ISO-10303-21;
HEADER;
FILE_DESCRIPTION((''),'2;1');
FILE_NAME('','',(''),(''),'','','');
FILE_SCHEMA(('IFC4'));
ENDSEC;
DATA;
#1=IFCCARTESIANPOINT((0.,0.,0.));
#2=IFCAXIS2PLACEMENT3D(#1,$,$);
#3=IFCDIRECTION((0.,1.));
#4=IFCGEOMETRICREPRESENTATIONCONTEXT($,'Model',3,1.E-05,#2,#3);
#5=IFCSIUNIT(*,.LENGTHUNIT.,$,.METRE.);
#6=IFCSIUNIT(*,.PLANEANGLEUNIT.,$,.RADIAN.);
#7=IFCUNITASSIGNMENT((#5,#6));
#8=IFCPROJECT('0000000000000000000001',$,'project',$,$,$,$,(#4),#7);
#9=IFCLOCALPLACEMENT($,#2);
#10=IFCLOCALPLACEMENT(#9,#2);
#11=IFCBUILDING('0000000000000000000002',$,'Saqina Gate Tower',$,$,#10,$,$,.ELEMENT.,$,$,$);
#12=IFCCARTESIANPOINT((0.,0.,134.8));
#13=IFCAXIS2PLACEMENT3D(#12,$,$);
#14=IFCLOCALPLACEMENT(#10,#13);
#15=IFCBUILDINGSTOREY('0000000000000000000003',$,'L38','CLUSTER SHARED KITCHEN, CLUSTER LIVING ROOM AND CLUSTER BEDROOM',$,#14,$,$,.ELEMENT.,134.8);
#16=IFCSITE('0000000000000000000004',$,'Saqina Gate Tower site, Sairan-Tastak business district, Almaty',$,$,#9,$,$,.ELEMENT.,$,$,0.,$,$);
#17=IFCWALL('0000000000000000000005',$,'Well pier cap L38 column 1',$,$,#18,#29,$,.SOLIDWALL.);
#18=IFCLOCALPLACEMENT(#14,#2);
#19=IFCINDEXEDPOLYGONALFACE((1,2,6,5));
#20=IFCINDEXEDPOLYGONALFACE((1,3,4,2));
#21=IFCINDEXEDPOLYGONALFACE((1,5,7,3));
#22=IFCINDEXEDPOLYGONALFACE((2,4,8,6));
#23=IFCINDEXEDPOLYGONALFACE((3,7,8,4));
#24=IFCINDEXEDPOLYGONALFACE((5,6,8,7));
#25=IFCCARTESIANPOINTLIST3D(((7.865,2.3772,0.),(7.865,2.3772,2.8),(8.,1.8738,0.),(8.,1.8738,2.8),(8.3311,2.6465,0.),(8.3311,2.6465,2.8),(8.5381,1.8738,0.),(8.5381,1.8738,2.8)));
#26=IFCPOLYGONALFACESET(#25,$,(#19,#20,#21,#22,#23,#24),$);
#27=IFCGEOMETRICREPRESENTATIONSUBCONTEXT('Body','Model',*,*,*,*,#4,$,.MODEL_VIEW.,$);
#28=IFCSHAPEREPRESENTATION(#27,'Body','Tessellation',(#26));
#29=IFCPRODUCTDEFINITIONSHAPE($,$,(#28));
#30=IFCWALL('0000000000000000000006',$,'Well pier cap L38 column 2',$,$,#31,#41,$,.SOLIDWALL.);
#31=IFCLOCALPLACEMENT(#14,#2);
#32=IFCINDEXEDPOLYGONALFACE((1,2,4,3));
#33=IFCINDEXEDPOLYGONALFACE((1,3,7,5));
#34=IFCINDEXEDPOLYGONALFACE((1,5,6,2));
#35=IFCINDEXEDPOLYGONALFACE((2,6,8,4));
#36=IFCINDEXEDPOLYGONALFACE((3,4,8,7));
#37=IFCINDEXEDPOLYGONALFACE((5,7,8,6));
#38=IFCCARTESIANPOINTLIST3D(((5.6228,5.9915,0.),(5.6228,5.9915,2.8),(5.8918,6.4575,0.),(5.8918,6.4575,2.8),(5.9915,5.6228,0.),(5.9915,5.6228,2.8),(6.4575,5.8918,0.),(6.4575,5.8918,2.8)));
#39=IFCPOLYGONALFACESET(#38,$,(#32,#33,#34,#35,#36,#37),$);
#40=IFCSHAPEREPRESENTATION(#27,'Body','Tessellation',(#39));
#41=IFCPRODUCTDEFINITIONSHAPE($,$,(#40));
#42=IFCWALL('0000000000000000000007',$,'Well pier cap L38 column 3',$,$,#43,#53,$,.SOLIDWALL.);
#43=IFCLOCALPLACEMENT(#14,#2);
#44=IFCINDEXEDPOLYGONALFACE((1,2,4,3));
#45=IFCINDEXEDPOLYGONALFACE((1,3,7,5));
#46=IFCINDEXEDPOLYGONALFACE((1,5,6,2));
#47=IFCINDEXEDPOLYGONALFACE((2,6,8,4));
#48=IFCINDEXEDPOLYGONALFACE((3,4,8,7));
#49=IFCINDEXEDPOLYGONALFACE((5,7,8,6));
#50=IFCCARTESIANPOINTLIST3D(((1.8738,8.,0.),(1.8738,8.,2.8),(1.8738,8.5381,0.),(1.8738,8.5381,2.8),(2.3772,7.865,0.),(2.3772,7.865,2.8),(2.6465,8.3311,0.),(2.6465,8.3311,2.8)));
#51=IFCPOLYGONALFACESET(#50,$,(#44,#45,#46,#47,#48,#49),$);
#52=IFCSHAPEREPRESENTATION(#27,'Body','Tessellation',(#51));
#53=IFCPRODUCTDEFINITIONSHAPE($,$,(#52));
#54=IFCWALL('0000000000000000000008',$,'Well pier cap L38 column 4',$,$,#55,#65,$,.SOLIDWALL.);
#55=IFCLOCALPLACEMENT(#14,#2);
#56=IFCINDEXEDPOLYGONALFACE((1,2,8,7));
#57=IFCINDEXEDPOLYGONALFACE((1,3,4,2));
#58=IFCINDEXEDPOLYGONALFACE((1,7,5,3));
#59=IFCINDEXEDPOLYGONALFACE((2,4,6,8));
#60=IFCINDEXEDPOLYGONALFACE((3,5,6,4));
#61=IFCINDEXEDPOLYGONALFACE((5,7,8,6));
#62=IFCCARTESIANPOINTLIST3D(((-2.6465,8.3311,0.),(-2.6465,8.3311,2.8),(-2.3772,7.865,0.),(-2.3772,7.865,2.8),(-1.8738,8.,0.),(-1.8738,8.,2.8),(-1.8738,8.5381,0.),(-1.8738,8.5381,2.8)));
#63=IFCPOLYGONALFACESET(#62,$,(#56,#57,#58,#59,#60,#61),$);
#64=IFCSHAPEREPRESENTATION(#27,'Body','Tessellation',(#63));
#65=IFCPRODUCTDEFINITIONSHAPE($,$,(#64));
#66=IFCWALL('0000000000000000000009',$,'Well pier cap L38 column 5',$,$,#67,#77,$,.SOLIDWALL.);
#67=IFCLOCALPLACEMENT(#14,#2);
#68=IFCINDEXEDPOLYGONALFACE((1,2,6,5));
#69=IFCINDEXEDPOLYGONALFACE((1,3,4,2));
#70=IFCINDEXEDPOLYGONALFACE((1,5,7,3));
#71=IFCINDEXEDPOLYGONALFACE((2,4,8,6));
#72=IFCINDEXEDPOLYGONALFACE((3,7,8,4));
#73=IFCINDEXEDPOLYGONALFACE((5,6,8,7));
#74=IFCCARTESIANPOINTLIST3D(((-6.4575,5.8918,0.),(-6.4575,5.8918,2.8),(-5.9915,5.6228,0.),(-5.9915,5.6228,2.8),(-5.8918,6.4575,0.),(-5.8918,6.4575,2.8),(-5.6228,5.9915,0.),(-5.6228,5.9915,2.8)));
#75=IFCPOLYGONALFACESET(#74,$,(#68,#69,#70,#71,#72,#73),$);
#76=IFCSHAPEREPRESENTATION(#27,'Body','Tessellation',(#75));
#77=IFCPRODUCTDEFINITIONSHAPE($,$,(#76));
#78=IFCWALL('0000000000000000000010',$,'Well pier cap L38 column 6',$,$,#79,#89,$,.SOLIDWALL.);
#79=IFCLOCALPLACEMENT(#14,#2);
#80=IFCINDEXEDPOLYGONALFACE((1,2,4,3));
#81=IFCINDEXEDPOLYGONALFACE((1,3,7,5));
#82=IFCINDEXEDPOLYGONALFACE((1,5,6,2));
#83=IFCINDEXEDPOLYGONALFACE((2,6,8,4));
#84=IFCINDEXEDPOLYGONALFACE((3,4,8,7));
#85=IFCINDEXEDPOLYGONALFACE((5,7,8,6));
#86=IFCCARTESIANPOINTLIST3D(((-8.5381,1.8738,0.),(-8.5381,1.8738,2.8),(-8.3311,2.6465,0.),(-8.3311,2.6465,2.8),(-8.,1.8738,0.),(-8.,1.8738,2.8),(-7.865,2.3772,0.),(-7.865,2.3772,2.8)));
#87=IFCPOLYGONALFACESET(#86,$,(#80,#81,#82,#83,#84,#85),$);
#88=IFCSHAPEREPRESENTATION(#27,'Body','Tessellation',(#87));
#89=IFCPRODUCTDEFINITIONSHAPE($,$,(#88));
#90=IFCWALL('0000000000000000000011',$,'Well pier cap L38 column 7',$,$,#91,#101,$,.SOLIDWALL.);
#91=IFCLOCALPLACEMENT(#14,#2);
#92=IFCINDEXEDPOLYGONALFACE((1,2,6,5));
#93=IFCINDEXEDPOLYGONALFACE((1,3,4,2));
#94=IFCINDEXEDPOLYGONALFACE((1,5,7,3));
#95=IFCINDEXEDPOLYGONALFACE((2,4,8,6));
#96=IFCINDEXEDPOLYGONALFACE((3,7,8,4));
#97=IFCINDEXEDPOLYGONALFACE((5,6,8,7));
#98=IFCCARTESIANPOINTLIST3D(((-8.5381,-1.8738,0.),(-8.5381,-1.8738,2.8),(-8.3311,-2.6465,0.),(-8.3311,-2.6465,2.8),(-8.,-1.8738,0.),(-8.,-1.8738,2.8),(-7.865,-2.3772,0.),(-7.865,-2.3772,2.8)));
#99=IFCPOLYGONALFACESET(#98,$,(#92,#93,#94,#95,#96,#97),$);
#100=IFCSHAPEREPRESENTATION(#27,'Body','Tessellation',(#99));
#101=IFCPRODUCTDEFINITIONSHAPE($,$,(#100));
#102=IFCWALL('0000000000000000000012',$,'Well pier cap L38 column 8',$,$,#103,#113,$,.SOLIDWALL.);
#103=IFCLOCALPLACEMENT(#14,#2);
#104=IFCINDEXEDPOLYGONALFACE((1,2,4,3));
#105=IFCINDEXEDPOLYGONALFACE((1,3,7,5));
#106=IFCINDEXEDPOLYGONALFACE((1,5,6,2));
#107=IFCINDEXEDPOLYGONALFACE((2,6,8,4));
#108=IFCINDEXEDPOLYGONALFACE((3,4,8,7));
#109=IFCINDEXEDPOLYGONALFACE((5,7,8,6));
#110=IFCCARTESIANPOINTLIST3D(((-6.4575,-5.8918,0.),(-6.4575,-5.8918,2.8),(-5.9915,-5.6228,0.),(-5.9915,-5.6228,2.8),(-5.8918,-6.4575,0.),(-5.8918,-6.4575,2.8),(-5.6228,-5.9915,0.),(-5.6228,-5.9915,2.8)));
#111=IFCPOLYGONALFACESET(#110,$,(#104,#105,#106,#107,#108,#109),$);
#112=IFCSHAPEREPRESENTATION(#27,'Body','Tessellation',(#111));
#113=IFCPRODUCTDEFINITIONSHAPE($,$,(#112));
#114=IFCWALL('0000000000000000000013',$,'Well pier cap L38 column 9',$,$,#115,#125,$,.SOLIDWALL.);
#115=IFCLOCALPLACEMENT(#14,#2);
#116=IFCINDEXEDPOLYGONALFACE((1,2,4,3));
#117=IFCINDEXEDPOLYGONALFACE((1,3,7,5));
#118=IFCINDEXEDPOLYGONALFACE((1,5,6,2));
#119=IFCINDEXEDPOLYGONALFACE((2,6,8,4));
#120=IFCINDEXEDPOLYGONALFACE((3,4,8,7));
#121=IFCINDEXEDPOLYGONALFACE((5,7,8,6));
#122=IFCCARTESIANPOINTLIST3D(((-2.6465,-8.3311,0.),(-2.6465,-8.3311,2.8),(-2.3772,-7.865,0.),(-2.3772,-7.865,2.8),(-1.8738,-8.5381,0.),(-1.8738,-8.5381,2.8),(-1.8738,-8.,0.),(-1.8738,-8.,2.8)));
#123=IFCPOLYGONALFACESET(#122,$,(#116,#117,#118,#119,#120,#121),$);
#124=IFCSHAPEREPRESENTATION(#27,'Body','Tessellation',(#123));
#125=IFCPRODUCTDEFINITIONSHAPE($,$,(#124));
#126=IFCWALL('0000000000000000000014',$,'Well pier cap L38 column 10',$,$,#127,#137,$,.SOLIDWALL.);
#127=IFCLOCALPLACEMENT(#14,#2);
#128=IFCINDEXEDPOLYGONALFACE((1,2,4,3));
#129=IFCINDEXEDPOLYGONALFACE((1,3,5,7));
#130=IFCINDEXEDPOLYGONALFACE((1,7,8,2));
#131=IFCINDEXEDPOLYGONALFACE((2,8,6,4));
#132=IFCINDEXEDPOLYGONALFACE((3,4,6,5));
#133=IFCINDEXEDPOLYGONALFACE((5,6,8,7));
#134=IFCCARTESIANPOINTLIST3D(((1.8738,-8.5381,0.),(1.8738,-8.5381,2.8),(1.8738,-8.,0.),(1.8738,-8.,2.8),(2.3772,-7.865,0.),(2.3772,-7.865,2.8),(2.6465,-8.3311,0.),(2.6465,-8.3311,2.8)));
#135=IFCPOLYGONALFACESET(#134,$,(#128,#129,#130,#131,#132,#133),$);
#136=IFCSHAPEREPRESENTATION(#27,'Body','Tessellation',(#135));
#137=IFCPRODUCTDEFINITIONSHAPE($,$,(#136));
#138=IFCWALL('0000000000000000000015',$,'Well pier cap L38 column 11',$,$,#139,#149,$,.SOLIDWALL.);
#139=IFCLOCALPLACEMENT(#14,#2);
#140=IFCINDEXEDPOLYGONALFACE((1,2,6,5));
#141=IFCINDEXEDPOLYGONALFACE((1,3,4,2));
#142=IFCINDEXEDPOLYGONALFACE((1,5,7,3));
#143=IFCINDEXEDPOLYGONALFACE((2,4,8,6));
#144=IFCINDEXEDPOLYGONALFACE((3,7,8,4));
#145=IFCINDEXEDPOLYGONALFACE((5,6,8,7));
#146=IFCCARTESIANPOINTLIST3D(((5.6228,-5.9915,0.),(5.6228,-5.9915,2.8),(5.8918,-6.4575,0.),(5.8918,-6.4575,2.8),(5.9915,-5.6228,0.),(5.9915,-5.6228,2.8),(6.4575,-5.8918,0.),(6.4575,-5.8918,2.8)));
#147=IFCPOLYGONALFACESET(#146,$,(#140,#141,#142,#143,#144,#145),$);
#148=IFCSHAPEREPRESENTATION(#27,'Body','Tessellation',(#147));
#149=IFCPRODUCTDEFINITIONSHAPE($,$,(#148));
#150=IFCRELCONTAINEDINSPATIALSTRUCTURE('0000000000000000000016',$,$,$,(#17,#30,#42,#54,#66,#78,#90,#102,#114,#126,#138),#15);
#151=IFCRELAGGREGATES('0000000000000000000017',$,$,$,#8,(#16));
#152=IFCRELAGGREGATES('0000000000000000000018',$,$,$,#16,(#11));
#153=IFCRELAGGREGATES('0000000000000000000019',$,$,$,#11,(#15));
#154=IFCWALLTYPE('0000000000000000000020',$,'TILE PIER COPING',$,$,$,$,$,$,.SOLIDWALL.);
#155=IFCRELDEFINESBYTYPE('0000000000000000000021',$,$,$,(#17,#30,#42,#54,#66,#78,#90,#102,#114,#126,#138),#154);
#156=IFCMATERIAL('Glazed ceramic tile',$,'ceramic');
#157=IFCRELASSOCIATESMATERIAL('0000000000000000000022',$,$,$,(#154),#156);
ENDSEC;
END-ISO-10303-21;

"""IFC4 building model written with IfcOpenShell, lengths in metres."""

from ifc_helpers import new_model, si_unit, direction, frame, origin, place, context, subcontext, project, spatial, polyline, outline, extrude, material, type_object, element, save


model = new_model("IFC4")

# Units and contexts
model_context = context("Model", 3, precision=1e-05, world=origin(), true_north=direction((0.0, 1.0)))
body_context = subcontext(model_context, "Body", "Model", "MODEL_VIEW")
ifc_project = project(units=[si_unit("LENGTHUNIT", "METRE"), si_unit("PLANEANGLEUNIT", "RADIAN")], contexts=[model_context])

# Site, building, storey
site_placement = place(None, origin())
site = spatial("IfcSite", under=ifc_project, at=site_placement, Name="Saqina Gate Tower site, Sairan-Tastak business district, Almaty", CompositionType="ELEMENT", RefElevation=0.0)
building_placement = place(site_placement, origin())
building = spatial("IfcBuilding", under=site, at=building_placement, Name="Saqina Gate Tower", CompositionType="ELEMENT")
storey_placement = place(building_placement, frame((0.0, 0.0, 134.8)))
storey = spatial("IfcBuildingStorey", under=building, at=storey_placement, Name="L38", Description="CLUSTER SHARED KITCHEN, CLUSTER LIVING ROOM AND CLUSTER BEDROOM", CompositionType="ELEMENT", Elevation=134.8)

# Walls
ifc_material_1 = material(Name="Glazed ceramic tile", Category="ceramic")
wall_type_1 = type_object("IfcWallType", Name="TILE PIER COPING", PredefinedType="SOLIDWALL", material=ifc_material_1)
wall_1_placement = place(storey_placement, origin())
element("IfcWall", 1, at=wall_1_placement, inside=storey, type_object=wall_type_1, Name="Well pier cap L38 column 1", PredefinedType="SOLIDWALL", context=body_context, shape_type="SweptSolid", body=[
    extrude(outline(polyline([(8.3311, 2.6465), (7.865, 2.3772), (8.0, 1.8738), (8.5381, 1.8738), (8.3311, 2.6465)])), origin(), (0.0, 0.0, 1.0), 2.8),
])
wall_2_placement = place(storey_placement, origin())
element("IfcWall", 2, at=wall_2_placement, inside=storey, type_object=wall_type_1, Name="Well pier cap L38 column 2", PredefinedType="SOLIDWALL", context=body_context, shape_type="SweptSolid", body=[
    extrude(outline(polyline([(5.8918, 6.4575), (5.6228, 5.9915), (5.9915, 5.6228), (6.4575, 5.8918), (5.8918, 6.4575)])), origin(), (0.0, 0.0, 1.0), 2.8),
])
wall_3_placement = place(storey_placement, origin())
element("IfcWall", 3, at=wall_3_placement, inside=storey, type_object=wall_type_1, Name="Well pier cap L38 column 3", PredefinedType="SOLIDWALL", context=body_context, shape_type="SweptSolid", body=[
    extrude(outline(polyline([(1.8738, 8.5381), (1.8738, 8.0), (2.3772, 7.865), (2.6465, 8.3311), (1.8738, 8.5381)])), origin(), (0.0, 0.0, 1.0), 2.8),
])
wall_4_placement = place(storey_placement, origin())
element("IfcWall", 4, at=wall_4_placement, inside=storey, type_object=wall_type_1, Name="Well pier cap L38 column 4", PredefinedType="SOLIDWALL", context=body_context, shape_type="SweptSolid", body=[
    extrude(outline(polyline([(-2.6465, 8.3311), (-2.3772, 7.865), (-1.8738, 8.0), (-1.8738, 8.5381), (-2.6465, 8.3311)])), origin(), (0.0, 0.0, 1.0), 2.8),
])
wall_5_placement = place(storey_placement, origin())
element("IfcWall", 5, at=wall_5_placement, inside=storey, type_object=wall_type_1, Name="Well pier cap L38 column 5", PredefinedType="SOLIDWALL", context=body_context, shape_type="SweptSolid", body=[
    extrude(outline(polyline([(-6.4575, 5.8918), (-5.9915, 5.6228), (-5.6228, 5.9915), (-5.8918, 6.4575), (-6.4575, 5.8918)])), origin(), (0.0, 0.0, 1.0), 2.8),
])
wall_6_placement = place(storey_placement, origin())
element("IfcWall", 6, at=wall_6_placement, inside=storey, type_object=wall_type_1, Name="Well pier cap L38 column 6", PredefinedType="SOLIDWALL", context=body_context, shape_type="SweptSolid", body=[
    extrude(outline(polyline([(-8.5381, 1.8738), (-8.0, 1.8738), (-7.865, 2.3772), (-8.3311, 2.6465), (-8.5381, 1.8738)])), origin(), (0.0, 0.0, 1.0), 2.8),
])
wall_7_placement = place(storey_placement, origin())
element("IfcWall", 7, at=wall_7_placement, inside=storey, type_object=wall_type_1, Name="Well pier cap L38 column 7", PredefinedType="SOLIDWALL", context=body_context, shape_type="SweptSolid", body=[
    extrude(outline(polyline([(-8.3311, -2.6465), (-7.865, -2.3772), (-8.0, -1.8738), (-8.5381, -1.8738), (-8.3311, -2.6465)])), origin(), (0.0, 0.0, 1.0), 2.8),
])
wall_8_placement = place(storey_placement, origin())
element("IfcWall", 8, at=wall_8_placement, inside=storey, type_object=wall_type_1, Name="Well pier cap L38 column 8", PredefinedType="SOLIDWALL", context=body_context, shape_type="SweptSolid", body=[
    extrude(outline(polyline([(-6.4575, -5.8918), (-5.8918, -6.4575), (-5.6228, -5.9915), (-5.9915, -5.6228), (-6.4575, -5.8918)])), origin(), (0.0, 0.0, 1.0), 2.8),
])
wall_9_placement = place(storey_placement, origin())
element("IfcWall", 9, at=wall_9_placement, inside=storey, type_object=wall_type_1, Name="Well pier cap L38 column 9", PredefinedType="SOLIDWALL", context=body_context, shape_type="SweptSolid", body=[
    extrude(outline(polyline([(-1.8738, -8.5381), (-1.8738, -8.0), (-2.3772, -7.865), (-2.6465, -8.3311), (-1.8738, -8.5381)])), origin(), (0.0, 0.0, 1.0), 2.8),
])
wall_10_placement = place(storey_placement, origin())
element("IfcWall", 10, at=wall_10_placement, inside=storey, type_object=wall_type_1, Name="Well pier cap L38 column 10", PredefinedType="SOLIDWALL", context=body_context, shape_type="SweptSolid", body=[
    extrude(outline(polyline([(2.6465, -8.3311), (2.3772, -7.865), (1.8738, -8.0), (1.8738, -8.5381), (2.6465, -8.3311)])), origin(), (0.0, 0.0, 1.0), 2.8),
])
wall_11_placement = place(storey_placement, origin())
element("IfcWall", 11, at=wall_11_placement, inside=storey, type_object=wall_type_1, Name="Well pier cap L38 column 11", PredefinedType="SOLIDWALL", context=body_context, shape_type="SweptSolid", body=[
    extrude(outline(polyline([(5.8918, -6.4575), (6.4575, -5.8918), (5.9915, -5.6228), (5.6228, -5.9915), (5.8918, -6.4575)])), origin(), (0.0, 0.0, 1.0), 2.8),
])

save(model, "model.ifc")
